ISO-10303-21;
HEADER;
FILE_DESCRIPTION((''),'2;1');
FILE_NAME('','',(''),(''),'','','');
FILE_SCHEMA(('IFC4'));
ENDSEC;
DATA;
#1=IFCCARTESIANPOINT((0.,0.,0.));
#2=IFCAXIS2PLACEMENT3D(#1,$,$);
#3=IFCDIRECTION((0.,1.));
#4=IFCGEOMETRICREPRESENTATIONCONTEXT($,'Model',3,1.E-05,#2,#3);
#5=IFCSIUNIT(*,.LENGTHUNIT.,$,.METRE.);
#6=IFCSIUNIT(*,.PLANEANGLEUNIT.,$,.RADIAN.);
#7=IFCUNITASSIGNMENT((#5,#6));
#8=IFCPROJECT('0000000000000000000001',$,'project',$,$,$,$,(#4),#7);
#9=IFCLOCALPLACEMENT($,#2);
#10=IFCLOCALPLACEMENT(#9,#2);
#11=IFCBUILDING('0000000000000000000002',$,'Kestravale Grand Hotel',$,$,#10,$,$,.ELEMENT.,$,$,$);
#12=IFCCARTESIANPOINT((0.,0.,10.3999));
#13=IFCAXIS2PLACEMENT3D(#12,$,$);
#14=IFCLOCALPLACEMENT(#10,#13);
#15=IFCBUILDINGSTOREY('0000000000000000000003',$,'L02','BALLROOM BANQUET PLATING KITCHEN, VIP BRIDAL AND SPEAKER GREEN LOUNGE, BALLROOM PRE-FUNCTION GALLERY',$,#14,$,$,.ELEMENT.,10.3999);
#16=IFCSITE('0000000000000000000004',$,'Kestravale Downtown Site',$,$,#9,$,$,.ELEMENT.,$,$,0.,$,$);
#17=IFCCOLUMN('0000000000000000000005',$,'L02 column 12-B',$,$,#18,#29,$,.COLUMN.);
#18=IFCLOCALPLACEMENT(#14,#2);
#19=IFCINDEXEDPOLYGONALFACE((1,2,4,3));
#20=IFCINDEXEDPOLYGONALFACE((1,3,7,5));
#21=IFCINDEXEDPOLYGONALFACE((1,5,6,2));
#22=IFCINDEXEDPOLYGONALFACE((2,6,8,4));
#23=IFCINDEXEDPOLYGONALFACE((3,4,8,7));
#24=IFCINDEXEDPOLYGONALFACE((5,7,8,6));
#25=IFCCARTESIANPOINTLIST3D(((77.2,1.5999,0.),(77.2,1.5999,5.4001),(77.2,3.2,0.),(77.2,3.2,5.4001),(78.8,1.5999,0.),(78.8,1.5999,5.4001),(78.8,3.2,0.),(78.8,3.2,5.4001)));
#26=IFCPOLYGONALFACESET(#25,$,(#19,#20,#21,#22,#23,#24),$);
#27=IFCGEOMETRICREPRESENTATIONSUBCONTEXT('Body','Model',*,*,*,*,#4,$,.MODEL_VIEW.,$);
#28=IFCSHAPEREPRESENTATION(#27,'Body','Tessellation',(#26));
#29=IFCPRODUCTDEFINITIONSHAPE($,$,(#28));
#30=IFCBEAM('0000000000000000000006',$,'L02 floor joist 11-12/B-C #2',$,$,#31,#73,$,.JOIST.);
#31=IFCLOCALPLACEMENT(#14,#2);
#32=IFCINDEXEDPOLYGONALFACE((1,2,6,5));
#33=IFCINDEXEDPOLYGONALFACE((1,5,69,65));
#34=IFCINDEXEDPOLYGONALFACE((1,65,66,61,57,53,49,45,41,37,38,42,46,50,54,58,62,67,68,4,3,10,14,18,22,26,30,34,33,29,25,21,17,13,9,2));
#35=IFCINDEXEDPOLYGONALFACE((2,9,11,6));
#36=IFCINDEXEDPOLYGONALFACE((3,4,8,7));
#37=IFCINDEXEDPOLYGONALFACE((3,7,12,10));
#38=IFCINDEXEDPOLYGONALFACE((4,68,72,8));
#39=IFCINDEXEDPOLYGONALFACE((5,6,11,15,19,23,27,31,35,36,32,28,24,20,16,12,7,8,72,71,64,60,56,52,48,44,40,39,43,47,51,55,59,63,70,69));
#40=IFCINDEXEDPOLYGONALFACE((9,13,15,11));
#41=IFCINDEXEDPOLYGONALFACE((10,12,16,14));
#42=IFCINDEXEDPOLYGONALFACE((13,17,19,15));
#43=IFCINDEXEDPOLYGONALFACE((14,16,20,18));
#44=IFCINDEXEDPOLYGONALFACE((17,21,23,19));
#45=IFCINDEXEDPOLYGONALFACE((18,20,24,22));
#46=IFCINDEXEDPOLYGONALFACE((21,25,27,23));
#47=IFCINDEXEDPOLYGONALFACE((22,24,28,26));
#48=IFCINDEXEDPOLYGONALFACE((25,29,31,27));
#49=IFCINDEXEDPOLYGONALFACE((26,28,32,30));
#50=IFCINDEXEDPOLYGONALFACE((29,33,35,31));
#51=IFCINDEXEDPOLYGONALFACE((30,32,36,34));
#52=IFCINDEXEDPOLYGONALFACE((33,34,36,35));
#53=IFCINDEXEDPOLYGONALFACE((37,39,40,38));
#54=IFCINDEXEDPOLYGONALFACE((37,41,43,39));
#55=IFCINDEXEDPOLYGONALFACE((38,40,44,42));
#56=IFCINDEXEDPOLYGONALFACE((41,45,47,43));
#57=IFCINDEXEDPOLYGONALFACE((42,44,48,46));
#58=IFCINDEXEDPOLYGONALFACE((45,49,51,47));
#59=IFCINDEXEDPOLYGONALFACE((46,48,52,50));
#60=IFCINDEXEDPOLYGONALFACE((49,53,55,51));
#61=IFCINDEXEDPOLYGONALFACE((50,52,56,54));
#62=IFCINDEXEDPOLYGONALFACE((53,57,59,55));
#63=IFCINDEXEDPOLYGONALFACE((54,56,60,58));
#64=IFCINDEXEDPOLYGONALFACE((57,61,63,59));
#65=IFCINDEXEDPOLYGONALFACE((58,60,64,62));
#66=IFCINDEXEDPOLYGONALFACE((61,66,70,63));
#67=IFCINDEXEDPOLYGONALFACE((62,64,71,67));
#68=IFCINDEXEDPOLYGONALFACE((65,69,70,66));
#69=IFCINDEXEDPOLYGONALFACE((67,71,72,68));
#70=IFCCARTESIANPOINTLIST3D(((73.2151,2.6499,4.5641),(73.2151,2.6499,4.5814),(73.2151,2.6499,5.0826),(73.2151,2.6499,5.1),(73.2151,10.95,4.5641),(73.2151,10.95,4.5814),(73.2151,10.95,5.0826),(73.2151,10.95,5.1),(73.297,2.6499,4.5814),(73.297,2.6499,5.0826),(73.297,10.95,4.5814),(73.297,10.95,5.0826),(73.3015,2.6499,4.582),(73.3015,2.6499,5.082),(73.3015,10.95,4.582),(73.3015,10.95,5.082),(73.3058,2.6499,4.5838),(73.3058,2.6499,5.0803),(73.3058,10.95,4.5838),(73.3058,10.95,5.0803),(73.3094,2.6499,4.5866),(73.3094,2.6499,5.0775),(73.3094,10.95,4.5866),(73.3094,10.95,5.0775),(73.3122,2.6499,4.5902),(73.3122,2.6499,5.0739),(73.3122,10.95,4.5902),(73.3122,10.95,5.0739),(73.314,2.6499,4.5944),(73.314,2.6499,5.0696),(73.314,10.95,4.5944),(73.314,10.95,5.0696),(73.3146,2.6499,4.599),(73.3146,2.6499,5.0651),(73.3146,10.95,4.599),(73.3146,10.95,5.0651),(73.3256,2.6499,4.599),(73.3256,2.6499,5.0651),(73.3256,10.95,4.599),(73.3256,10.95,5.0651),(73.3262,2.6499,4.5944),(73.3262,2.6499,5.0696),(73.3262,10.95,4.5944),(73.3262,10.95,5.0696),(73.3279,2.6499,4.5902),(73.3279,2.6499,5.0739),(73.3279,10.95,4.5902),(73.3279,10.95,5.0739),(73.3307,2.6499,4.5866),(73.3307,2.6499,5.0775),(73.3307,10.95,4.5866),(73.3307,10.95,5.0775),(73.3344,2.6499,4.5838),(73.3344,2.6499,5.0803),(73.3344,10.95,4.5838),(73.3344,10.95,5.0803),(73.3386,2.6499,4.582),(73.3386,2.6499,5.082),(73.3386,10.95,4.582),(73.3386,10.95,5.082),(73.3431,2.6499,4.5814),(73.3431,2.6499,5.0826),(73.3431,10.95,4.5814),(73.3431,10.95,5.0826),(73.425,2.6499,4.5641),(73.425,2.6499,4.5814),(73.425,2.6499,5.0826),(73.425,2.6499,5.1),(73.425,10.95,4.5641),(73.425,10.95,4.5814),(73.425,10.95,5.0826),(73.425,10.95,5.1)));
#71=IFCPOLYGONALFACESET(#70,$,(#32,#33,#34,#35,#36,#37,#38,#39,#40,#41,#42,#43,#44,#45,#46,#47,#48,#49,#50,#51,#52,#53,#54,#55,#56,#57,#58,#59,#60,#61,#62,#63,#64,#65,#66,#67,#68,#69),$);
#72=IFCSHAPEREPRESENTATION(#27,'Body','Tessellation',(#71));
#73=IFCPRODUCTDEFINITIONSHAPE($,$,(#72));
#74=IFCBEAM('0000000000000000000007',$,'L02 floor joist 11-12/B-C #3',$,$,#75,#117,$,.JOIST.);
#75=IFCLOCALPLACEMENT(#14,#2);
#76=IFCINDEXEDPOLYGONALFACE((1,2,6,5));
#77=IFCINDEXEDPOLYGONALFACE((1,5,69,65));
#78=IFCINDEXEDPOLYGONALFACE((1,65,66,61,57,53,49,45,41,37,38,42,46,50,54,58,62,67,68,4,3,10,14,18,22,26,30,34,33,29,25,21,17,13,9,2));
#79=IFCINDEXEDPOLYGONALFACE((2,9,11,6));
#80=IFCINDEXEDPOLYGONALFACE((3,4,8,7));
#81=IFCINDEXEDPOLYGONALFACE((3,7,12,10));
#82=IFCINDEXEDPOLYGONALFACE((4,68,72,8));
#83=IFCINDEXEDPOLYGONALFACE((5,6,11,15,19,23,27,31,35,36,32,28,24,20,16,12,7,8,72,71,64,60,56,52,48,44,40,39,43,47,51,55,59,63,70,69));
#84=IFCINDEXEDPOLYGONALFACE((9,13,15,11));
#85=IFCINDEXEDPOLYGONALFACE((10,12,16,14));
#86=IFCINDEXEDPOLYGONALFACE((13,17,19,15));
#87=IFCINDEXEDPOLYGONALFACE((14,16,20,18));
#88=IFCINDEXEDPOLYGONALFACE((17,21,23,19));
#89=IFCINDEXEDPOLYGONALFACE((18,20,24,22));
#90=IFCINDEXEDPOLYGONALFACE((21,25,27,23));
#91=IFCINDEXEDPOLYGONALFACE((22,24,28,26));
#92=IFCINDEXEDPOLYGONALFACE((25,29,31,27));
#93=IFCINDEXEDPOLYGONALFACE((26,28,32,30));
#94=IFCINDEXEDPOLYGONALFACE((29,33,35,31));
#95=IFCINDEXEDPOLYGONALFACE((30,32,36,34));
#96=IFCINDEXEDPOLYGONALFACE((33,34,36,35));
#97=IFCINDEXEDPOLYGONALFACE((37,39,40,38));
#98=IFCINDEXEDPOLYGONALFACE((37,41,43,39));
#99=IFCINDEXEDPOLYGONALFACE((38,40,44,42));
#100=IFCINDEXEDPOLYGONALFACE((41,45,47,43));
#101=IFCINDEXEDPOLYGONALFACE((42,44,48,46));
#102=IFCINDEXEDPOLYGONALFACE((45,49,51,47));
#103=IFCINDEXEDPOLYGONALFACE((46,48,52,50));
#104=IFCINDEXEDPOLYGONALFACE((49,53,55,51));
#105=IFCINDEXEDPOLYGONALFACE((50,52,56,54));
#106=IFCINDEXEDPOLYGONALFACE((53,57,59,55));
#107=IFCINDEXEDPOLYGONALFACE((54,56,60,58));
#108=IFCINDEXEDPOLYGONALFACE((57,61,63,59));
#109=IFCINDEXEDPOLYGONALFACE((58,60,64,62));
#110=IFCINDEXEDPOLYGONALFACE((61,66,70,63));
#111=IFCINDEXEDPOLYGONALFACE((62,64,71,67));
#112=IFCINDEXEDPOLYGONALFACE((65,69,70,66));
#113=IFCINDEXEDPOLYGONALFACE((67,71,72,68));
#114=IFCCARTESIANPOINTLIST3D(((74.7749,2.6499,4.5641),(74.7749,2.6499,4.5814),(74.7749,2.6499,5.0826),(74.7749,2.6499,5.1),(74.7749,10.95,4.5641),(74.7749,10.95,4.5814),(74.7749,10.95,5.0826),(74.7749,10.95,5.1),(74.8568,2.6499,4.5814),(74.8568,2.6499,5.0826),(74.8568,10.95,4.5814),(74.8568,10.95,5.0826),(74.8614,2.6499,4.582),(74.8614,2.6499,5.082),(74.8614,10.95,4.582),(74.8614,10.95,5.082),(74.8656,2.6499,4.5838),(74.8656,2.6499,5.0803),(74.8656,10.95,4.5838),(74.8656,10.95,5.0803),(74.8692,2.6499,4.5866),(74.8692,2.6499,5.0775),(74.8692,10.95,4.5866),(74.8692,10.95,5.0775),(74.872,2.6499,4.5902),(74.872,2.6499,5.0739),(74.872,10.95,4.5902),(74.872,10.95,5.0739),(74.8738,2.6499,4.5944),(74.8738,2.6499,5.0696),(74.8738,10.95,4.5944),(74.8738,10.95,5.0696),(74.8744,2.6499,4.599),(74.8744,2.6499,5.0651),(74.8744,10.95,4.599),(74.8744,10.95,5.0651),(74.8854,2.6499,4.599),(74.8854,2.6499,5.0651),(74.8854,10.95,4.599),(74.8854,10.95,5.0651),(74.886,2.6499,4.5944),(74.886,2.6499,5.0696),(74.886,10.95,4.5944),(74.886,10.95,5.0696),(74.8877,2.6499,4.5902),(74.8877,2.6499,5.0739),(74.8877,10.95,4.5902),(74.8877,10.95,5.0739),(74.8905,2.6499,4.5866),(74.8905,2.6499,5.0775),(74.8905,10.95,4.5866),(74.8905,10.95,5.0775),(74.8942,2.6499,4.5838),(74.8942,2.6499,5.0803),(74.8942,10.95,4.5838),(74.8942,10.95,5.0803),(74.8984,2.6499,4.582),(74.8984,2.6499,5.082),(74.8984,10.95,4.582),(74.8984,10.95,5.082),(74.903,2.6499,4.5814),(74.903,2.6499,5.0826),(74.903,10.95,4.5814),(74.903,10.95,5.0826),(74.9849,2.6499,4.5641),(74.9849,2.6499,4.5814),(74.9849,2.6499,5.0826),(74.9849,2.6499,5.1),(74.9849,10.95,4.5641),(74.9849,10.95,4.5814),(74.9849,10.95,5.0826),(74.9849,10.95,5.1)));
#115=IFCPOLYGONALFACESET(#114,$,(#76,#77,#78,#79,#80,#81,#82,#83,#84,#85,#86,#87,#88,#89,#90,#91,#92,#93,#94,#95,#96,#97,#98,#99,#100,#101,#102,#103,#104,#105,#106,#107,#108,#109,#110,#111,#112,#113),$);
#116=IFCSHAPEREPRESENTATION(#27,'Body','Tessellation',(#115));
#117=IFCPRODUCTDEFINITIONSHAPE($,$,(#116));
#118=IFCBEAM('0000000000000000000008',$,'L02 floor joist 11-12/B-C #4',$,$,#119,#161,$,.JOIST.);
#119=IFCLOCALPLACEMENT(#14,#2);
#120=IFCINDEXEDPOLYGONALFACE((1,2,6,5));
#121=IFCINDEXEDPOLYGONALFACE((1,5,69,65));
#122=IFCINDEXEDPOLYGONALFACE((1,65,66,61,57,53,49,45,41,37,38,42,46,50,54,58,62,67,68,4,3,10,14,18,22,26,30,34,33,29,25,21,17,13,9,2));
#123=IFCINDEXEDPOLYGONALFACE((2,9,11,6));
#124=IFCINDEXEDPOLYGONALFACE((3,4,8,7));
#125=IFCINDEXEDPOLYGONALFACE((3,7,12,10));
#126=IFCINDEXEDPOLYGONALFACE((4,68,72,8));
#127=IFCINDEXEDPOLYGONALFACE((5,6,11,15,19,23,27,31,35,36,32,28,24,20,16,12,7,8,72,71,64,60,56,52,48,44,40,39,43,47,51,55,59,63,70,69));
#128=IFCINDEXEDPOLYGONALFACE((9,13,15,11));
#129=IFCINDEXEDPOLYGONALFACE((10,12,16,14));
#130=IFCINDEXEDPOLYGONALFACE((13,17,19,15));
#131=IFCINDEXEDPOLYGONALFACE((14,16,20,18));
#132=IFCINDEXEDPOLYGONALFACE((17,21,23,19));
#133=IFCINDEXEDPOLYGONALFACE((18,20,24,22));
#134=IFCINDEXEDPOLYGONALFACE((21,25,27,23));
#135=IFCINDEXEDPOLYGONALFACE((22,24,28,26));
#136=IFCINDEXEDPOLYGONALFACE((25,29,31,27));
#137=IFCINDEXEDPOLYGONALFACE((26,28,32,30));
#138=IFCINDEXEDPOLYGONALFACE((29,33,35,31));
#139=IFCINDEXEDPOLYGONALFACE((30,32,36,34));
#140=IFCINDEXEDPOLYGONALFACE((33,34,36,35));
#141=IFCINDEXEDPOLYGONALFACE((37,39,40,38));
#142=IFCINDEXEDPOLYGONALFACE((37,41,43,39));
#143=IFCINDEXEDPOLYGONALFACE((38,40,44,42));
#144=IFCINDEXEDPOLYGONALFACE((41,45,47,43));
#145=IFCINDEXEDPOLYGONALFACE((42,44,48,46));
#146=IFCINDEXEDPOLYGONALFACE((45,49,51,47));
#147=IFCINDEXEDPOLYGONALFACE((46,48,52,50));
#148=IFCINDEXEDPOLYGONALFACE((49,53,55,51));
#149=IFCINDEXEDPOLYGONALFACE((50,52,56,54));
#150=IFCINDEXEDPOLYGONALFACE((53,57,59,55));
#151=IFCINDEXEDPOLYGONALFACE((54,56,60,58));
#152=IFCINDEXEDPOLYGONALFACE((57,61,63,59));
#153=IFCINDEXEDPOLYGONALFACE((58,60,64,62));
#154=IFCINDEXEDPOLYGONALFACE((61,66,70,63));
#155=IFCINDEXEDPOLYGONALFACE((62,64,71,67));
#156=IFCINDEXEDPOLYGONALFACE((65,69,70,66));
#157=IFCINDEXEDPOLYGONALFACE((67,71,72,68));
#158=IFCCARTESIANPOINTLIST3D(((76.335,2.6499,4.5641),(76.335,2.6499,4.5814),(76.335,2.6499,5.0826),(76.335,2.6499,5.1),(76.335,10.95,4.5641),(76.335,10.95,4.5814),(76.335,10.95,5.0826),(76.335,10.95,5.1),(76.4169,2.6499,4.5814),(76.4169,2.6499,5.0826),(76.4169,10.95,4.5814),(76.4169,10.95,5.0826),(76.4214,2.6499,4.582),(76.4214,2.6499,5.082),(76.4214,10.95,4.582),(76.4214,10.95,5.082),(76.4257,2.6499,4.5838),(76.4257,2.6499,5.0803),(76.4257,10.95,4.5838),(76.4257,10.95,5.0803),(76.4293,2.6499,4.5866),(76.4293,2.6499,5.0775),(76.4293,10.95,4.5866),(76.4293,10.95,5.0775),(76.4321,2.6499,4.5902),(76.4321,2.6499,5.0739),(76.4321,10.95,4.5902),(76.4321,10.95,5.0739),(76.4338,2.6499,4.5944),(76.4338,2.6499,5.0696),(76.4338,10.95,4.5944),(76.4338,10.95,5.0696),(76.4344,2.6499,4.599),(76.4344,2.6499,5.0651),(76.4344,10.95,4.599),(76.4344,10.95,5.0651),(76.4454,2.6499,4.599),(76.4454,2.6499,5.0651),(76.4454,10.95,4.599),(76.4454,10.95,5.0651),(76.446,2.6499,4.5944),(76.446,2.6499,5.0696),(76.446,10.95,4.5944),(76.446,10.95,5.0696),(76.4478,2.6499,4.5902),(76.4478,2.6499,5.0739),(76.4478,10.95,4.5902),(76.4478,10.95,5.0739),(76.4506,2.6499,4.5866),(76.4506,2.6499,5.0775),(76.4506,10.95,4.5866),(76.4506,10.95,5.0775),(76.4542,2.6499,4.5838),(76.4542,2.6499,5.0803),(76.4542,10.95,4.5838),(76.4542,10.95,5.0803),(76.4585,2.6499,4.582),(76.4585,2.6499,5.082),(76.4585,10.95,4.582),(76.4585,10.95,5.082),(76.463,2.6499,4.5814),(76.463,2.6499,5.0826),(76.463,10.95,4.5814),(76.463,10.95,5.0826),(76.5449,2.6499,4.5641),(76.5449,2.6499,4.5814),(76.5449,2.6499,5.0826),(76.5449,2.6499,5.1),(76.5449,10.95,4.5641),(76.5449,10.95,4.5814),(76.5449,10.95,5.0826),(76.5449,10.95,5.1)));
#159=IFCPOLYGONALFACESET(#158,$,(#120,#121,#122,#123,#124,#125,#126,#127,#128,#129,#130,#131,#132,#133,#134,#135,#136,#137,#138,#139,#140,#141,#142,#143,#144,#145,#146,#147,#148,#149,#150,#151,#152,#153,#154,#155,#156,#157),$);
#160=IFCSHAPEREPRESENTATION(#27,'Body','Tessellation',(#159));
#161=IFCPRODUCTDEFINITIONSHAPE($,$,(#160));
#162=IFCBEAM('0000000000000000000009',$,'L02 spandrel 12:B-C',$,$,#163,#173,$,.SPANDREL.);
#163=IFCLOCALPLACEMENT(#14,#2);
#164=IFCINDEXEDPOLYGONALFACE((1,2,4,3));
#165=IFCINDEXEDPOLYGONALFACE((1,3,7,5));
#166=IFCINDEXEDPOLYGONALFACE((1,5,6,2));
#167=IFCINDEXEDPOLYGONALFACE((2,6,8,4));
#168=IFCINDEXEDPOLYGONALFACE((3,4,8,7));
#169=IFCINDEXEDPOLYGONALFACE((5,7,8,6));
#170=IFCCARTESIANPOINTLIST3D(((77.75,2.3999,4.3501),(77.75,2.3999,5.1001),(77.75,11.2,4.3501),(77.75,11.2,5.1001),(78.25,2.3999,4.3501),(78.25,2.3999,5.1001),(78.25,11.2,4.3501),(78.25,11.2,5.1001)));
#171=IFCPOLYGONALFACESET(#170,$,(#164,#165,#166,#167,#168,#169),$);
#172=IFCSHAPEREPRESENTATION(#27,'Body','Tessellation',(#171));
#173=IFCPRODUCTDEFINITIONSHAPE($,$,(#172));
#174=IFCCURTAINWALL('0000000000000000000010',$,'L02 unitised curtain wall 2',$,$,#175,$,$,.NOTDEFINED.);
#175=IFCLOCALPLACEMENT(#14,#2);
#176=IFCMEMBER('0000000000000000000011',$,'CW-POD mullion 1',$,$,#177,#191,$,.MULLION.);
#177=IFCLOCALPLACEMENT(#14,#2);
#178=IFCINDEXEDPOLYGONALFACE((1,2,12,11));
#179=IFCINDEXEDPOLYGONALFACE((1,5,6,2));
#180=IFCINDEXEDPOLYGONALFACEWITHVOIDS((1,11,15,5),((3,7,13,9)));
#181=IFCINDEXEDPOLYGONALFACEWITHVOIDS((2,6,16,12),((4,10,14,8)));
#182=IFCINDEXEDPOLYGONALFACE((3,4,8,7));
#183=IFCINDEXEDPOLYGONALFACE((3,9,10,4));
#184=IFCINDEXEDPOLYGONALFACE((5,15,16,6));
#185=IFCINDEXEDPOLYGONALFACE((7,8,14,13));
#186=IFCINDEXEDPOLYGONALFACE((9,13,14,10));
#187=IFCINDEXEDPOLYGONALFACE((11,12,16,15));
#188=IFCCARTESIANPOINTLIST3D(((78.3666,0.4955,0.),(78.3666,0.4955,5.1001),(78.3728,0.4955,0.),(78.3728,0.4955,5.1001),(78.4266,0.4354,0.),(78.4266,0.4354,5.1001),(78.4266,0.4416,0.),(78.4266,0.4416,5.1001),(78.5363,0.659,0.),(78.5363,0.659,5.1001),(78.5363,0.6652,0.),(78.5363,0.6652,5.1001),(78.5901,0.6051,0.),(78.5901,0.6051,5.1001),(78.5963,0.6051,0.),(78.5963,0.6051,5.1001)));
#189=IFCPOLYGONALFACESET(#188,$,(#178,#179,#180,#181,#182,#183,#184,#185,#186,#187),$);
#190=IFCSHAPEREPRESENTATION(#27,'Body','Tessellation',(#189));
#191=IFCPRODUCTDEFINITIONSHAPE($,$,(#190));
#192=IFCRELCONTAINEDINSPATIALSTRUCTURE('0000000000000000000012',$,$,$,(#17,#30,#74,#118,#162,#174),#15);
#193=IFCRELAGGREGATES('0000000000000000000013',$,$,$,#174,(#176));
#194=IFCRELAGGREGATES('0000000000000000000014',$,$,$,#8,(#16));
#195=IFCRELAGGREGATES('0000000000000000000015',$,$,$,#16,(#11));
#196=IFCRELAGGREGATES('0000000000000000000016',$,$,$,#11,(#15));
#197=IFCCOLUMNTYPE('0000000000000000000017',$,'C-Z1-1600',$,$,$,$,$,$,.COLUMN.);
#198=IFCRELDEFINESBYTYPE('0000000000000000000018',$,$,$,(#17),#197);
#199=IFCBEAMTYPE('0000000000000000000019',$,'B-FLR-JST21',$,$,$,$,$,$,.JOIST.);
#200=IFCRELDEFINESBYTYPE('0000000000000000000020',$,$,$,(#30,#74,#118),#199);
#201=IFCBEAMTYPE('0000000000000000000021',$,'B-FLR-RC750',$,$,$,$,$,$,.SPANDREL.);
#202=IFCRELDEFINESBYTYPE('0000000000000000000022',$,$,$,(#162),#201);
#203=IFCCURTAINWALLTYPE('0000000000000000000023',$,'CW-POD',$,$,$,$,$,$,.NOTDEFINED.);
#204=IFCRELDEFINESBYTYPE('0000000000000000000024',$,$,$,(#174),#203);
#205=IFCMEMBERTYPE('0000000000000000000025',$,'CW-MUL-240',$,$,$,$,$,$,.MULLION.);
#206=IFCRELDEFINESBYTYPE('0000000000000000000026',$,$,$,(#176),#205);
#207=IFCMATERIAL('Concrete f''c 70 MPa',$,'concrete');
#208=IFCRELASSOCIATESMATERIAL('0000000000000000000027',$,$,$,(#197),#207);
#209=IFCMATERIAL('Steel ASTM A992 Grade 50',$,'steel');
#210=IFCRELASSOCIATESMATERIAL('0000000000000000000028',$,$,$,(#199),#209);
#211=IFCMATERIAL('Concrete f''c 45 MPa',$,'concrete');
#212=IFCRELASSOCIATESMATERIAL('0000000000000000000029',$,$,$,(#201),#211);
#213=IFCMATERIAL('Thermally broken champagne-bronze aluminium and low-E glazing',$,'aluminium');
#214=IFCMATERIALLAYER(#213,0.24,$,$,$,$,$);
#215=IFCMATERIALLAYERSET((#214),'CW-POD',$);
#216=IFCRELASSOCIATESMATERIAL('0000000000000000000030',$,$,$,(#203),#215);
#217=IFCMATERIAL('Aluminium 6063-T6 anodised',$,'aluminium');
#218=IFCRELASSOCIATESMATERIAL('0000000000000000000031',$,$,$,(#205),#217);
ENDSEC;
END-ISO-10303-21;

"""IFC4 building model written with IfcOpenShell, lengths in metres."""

from ifc_helpers import new_model, si_unit, direction, frame, origin, origin_2d, place, context, subcontext, project, spatial, rectangle, hollow_rectangle, i_section, extrude, material, layer, layer_set, material_profile, profile_set, type_object, element, aggregate, save


model = new_model("IFC4")

# Units and contexts
model_context = context("Model", 3, precision=1e-05, world=origin(), true_north=direction((0.0, 1.0)))
body_context = subcontext(model_context, "Body", "Model", "MODEL_VIEW")
ifc_project = project(units=[si_unit("LENGTHUNIT", "METRE"), si_unit("PLANEANGLEUNIT", "RADIAN")], contexts=[model_context])

# Site, building, storey
site_placement = place(None, origin())
site = spatial("IfcSite", under=ifc_project, at=site_placement, Name="Kestravale Downtown Site", CompositionType="ELEMENT", RefElevation=0.0)
building_placement = place(site_placement, origin())
building = spatial("IfcBuilding", under=site, at=building_placement, Name="Kestravale Grand Hotel", CompositionType="ELEMENT")
storey_placement = place(building_placement, frame((0.0, 0.0, 10.3999)))
storey = spatial("IfcBuildingStorey", under=building, at=storey_placement, Name="L02", Description="BALLROOM BANQUET PLATING KITCHEN, VIP BRIDAL AND SPEAKER GREEN LOUNGE, BALLROOM PRE-FUNCTION GALLERY", CompositionType="ELEMENT", Elevation=10.3999)

# Column
ifc_material_1 = material(Name="Concrete f'c 70 MPa", Category="concrete")
ifc_material_profile_1 = material_profile(ifc_material_1, rectangle(XDim=1.6001, YDim=1.6001, at=origin_2d()))
ifc_profile_set_1 = profile_set([ifc_material_profile_1], Name="Concrete f'c 70 MPa")
column_type = type_object("IfcColumnType", Name="C-Z1-1600", PredefinedType="COLUMN", material=ifc_profile_set_1)
column_placement = place(storey_placement, frame((78.0, 2.3999, 0.0), z_axis=(0.0, 0.0, 1.0), x_axis=(1.0, 0.0, 0.0)))
element("IfcColumn", 1, at=column_placement, inside=storey, type_object=column_type, Name="L02 column 12-B", PredefinedType="COLUMN", context=body_context, shape_type="SweptSolid", body=[
    extrude(rectangle(XDim=1.6001, YDim=1.6001, at=origin_2d()), origin(), (0.0, 0.0, 1.0), 5.4001),
])

# Beams
ifc_material_2 = material(Name="Steel ASTM A992 Grade 50", Category="steel")
ifc_material_profile_2 = material_profile(ifc_material_2, i_section(OverallWidth=0.21, OverallDepth=0.5359, WebThickness=0.011, FlangeThickness=0.0173, FilletRadius=0.0176, at=origin_2d()))
ifc_profile_set_2 = profile_set([ifc_material_profile_2], Name="Steel ASTM A992 Grade 50")
beam_type_1 = type_object("IfcBeamType", Name="B-FLR-JST21", PredefinedType="JOIST", material=ifc_profile_set_2)
for number, where, z_axis, x_axis, name in (
    (2, (73.3201, 2.6499, 4.832), (0.0, 1.0, 0.0), (-1.0, 0.0, 0.0), "L02 floor joist 11-12/B-C #2"),
    (3, (74.8799, 2.6499, 4.832), (0.0, 1.0, 0.0), (-1.0, 0.0, 0.0), "L02 floor joist 11-12/B-C #3"),
    (4, (76.4399, 2.6499, 4.832), (0.0, 1.0, 0.0), (-1.0, 0.0, 0.0), "L02 floor joist 11-12/B-C #4"),
):
    element("IfcBeam", number, at=place(storey_placement, frame(where, z_axis=z_axis, x_axis=x_axis)), inside=storey, type_object=beam_type_1, Name=name, PredefinedType="JOIST", context=body_context, shape_type="SweptSolid", body=[
        extrude(i_section(OverallWidth=0.21, OverallDepth=0.5359, WebThickness=0.011, FlangeThickness=0.0173, FilletRadius=0.0176, at=origin_2d()), origin(), (0.0, 0.0, 1.0), 8.3),
    ])
ifc_material_3 = material(Name="Concrete f'c 45 MPa", Category="concrete")
ifc_material_profile_3 = material_profile(ifc_material_3, rectangle(XDim=0.5, YDim=0.75, at=origin_2d()))
ifc_profile_set_3 = profile_set([ifc_material_profile_3], Name="Concrete f'c 45 MPa")
beam_type_2 = type_object("IfcBeamType", Name="B-FLR-RC750", PredefinedType="SPANDREL", material=ifc_profile_set_3)
beam_placement = place(storey_placement, frame((78.0, 2.3999, 4.7251), z_axis=(0.0, 1.0, 0.0), x_axis=(-1.0, 0.0, 0.0)))
element("IfcBeam", 5, at=beam_placement, inside=storey, type_object=beam_type_2, Name="L02 spandrel 12:B-C", PredefinedType="SPANDREL", context=body_context, shape_type="SweptSolid", body=[
    extrude(rectangle(XDim=0.5, YDim=0.75, at=origin_2d()), origin(), (0.0, 0.0, 1.0), 8.8),
])

# Curtain wall, member
ifc_material_4 = material(Name="Thermally broken champagne-bronze aluminium and low-E glazing", Category="aluminium")
ifc_layer_1 = layer(ifc_material_4, 0.24)
ifc_layer_set_1 = layer_set([ifc_layer_1], Name="CW-POD")
curtain_wall_type = type_object("IfcCurtainWallType", Name="CW-POD", PredefinedType="NOTDEFINED", material=ifc_layer_set_1)
curtain_wall_placement = place(storey_placement, origin())
curtain_wall = element("IfcCurtainWall", 6, at=curtain_wall_placement, inside=storey, type_object=curtain_wall_type, Name="L02 unitised curtain wall 2", PredefinedType="NOTDEFINED")
ifc_material_5 = material(Name="Aluminium 6063-T6 anodised", Category="aluminium")
ifc_material_profile_4 = material_profile(ifc_material_5, hollow_rectangle(XDim=0.085, YDim=0.24, WallThickness=0.0044, at=origin_2d()))
ifc_profile_set_4 = profile_set([ifc_material_profile_4], Name="Aluminium 6063-T6 anodised")
member_type_1 = type_object("IfcMemberType", Name="CW-MUL-240", PredefinedType="MULLION", material=ifc_profile_set_4)
member_1_placement = place(storey_placement, frame((78.4814, 0.5503, 0.0), z_axis=(0.0, 0.0, 1.0), x_axis=(-0.707107, 0.707107, 0.0)))
member_1 = element("IfcMember", 7, at=member_1_placement, type_object=member_type_1, Name="CW-POD mullion 1", PredefinedType="MULLION", context=body_context, shape_type="SweptSolid", body=[
    extrude(hollow_rectangle(XDim=0.085, YDim=0.24, WallThickness=0.0044, at=origin_2d()), origin(), (0.0, 0.0, 1.0), 5.1001),
])
aggregate(curtain_wall, [member_1])

save(model, "model.ifc")
